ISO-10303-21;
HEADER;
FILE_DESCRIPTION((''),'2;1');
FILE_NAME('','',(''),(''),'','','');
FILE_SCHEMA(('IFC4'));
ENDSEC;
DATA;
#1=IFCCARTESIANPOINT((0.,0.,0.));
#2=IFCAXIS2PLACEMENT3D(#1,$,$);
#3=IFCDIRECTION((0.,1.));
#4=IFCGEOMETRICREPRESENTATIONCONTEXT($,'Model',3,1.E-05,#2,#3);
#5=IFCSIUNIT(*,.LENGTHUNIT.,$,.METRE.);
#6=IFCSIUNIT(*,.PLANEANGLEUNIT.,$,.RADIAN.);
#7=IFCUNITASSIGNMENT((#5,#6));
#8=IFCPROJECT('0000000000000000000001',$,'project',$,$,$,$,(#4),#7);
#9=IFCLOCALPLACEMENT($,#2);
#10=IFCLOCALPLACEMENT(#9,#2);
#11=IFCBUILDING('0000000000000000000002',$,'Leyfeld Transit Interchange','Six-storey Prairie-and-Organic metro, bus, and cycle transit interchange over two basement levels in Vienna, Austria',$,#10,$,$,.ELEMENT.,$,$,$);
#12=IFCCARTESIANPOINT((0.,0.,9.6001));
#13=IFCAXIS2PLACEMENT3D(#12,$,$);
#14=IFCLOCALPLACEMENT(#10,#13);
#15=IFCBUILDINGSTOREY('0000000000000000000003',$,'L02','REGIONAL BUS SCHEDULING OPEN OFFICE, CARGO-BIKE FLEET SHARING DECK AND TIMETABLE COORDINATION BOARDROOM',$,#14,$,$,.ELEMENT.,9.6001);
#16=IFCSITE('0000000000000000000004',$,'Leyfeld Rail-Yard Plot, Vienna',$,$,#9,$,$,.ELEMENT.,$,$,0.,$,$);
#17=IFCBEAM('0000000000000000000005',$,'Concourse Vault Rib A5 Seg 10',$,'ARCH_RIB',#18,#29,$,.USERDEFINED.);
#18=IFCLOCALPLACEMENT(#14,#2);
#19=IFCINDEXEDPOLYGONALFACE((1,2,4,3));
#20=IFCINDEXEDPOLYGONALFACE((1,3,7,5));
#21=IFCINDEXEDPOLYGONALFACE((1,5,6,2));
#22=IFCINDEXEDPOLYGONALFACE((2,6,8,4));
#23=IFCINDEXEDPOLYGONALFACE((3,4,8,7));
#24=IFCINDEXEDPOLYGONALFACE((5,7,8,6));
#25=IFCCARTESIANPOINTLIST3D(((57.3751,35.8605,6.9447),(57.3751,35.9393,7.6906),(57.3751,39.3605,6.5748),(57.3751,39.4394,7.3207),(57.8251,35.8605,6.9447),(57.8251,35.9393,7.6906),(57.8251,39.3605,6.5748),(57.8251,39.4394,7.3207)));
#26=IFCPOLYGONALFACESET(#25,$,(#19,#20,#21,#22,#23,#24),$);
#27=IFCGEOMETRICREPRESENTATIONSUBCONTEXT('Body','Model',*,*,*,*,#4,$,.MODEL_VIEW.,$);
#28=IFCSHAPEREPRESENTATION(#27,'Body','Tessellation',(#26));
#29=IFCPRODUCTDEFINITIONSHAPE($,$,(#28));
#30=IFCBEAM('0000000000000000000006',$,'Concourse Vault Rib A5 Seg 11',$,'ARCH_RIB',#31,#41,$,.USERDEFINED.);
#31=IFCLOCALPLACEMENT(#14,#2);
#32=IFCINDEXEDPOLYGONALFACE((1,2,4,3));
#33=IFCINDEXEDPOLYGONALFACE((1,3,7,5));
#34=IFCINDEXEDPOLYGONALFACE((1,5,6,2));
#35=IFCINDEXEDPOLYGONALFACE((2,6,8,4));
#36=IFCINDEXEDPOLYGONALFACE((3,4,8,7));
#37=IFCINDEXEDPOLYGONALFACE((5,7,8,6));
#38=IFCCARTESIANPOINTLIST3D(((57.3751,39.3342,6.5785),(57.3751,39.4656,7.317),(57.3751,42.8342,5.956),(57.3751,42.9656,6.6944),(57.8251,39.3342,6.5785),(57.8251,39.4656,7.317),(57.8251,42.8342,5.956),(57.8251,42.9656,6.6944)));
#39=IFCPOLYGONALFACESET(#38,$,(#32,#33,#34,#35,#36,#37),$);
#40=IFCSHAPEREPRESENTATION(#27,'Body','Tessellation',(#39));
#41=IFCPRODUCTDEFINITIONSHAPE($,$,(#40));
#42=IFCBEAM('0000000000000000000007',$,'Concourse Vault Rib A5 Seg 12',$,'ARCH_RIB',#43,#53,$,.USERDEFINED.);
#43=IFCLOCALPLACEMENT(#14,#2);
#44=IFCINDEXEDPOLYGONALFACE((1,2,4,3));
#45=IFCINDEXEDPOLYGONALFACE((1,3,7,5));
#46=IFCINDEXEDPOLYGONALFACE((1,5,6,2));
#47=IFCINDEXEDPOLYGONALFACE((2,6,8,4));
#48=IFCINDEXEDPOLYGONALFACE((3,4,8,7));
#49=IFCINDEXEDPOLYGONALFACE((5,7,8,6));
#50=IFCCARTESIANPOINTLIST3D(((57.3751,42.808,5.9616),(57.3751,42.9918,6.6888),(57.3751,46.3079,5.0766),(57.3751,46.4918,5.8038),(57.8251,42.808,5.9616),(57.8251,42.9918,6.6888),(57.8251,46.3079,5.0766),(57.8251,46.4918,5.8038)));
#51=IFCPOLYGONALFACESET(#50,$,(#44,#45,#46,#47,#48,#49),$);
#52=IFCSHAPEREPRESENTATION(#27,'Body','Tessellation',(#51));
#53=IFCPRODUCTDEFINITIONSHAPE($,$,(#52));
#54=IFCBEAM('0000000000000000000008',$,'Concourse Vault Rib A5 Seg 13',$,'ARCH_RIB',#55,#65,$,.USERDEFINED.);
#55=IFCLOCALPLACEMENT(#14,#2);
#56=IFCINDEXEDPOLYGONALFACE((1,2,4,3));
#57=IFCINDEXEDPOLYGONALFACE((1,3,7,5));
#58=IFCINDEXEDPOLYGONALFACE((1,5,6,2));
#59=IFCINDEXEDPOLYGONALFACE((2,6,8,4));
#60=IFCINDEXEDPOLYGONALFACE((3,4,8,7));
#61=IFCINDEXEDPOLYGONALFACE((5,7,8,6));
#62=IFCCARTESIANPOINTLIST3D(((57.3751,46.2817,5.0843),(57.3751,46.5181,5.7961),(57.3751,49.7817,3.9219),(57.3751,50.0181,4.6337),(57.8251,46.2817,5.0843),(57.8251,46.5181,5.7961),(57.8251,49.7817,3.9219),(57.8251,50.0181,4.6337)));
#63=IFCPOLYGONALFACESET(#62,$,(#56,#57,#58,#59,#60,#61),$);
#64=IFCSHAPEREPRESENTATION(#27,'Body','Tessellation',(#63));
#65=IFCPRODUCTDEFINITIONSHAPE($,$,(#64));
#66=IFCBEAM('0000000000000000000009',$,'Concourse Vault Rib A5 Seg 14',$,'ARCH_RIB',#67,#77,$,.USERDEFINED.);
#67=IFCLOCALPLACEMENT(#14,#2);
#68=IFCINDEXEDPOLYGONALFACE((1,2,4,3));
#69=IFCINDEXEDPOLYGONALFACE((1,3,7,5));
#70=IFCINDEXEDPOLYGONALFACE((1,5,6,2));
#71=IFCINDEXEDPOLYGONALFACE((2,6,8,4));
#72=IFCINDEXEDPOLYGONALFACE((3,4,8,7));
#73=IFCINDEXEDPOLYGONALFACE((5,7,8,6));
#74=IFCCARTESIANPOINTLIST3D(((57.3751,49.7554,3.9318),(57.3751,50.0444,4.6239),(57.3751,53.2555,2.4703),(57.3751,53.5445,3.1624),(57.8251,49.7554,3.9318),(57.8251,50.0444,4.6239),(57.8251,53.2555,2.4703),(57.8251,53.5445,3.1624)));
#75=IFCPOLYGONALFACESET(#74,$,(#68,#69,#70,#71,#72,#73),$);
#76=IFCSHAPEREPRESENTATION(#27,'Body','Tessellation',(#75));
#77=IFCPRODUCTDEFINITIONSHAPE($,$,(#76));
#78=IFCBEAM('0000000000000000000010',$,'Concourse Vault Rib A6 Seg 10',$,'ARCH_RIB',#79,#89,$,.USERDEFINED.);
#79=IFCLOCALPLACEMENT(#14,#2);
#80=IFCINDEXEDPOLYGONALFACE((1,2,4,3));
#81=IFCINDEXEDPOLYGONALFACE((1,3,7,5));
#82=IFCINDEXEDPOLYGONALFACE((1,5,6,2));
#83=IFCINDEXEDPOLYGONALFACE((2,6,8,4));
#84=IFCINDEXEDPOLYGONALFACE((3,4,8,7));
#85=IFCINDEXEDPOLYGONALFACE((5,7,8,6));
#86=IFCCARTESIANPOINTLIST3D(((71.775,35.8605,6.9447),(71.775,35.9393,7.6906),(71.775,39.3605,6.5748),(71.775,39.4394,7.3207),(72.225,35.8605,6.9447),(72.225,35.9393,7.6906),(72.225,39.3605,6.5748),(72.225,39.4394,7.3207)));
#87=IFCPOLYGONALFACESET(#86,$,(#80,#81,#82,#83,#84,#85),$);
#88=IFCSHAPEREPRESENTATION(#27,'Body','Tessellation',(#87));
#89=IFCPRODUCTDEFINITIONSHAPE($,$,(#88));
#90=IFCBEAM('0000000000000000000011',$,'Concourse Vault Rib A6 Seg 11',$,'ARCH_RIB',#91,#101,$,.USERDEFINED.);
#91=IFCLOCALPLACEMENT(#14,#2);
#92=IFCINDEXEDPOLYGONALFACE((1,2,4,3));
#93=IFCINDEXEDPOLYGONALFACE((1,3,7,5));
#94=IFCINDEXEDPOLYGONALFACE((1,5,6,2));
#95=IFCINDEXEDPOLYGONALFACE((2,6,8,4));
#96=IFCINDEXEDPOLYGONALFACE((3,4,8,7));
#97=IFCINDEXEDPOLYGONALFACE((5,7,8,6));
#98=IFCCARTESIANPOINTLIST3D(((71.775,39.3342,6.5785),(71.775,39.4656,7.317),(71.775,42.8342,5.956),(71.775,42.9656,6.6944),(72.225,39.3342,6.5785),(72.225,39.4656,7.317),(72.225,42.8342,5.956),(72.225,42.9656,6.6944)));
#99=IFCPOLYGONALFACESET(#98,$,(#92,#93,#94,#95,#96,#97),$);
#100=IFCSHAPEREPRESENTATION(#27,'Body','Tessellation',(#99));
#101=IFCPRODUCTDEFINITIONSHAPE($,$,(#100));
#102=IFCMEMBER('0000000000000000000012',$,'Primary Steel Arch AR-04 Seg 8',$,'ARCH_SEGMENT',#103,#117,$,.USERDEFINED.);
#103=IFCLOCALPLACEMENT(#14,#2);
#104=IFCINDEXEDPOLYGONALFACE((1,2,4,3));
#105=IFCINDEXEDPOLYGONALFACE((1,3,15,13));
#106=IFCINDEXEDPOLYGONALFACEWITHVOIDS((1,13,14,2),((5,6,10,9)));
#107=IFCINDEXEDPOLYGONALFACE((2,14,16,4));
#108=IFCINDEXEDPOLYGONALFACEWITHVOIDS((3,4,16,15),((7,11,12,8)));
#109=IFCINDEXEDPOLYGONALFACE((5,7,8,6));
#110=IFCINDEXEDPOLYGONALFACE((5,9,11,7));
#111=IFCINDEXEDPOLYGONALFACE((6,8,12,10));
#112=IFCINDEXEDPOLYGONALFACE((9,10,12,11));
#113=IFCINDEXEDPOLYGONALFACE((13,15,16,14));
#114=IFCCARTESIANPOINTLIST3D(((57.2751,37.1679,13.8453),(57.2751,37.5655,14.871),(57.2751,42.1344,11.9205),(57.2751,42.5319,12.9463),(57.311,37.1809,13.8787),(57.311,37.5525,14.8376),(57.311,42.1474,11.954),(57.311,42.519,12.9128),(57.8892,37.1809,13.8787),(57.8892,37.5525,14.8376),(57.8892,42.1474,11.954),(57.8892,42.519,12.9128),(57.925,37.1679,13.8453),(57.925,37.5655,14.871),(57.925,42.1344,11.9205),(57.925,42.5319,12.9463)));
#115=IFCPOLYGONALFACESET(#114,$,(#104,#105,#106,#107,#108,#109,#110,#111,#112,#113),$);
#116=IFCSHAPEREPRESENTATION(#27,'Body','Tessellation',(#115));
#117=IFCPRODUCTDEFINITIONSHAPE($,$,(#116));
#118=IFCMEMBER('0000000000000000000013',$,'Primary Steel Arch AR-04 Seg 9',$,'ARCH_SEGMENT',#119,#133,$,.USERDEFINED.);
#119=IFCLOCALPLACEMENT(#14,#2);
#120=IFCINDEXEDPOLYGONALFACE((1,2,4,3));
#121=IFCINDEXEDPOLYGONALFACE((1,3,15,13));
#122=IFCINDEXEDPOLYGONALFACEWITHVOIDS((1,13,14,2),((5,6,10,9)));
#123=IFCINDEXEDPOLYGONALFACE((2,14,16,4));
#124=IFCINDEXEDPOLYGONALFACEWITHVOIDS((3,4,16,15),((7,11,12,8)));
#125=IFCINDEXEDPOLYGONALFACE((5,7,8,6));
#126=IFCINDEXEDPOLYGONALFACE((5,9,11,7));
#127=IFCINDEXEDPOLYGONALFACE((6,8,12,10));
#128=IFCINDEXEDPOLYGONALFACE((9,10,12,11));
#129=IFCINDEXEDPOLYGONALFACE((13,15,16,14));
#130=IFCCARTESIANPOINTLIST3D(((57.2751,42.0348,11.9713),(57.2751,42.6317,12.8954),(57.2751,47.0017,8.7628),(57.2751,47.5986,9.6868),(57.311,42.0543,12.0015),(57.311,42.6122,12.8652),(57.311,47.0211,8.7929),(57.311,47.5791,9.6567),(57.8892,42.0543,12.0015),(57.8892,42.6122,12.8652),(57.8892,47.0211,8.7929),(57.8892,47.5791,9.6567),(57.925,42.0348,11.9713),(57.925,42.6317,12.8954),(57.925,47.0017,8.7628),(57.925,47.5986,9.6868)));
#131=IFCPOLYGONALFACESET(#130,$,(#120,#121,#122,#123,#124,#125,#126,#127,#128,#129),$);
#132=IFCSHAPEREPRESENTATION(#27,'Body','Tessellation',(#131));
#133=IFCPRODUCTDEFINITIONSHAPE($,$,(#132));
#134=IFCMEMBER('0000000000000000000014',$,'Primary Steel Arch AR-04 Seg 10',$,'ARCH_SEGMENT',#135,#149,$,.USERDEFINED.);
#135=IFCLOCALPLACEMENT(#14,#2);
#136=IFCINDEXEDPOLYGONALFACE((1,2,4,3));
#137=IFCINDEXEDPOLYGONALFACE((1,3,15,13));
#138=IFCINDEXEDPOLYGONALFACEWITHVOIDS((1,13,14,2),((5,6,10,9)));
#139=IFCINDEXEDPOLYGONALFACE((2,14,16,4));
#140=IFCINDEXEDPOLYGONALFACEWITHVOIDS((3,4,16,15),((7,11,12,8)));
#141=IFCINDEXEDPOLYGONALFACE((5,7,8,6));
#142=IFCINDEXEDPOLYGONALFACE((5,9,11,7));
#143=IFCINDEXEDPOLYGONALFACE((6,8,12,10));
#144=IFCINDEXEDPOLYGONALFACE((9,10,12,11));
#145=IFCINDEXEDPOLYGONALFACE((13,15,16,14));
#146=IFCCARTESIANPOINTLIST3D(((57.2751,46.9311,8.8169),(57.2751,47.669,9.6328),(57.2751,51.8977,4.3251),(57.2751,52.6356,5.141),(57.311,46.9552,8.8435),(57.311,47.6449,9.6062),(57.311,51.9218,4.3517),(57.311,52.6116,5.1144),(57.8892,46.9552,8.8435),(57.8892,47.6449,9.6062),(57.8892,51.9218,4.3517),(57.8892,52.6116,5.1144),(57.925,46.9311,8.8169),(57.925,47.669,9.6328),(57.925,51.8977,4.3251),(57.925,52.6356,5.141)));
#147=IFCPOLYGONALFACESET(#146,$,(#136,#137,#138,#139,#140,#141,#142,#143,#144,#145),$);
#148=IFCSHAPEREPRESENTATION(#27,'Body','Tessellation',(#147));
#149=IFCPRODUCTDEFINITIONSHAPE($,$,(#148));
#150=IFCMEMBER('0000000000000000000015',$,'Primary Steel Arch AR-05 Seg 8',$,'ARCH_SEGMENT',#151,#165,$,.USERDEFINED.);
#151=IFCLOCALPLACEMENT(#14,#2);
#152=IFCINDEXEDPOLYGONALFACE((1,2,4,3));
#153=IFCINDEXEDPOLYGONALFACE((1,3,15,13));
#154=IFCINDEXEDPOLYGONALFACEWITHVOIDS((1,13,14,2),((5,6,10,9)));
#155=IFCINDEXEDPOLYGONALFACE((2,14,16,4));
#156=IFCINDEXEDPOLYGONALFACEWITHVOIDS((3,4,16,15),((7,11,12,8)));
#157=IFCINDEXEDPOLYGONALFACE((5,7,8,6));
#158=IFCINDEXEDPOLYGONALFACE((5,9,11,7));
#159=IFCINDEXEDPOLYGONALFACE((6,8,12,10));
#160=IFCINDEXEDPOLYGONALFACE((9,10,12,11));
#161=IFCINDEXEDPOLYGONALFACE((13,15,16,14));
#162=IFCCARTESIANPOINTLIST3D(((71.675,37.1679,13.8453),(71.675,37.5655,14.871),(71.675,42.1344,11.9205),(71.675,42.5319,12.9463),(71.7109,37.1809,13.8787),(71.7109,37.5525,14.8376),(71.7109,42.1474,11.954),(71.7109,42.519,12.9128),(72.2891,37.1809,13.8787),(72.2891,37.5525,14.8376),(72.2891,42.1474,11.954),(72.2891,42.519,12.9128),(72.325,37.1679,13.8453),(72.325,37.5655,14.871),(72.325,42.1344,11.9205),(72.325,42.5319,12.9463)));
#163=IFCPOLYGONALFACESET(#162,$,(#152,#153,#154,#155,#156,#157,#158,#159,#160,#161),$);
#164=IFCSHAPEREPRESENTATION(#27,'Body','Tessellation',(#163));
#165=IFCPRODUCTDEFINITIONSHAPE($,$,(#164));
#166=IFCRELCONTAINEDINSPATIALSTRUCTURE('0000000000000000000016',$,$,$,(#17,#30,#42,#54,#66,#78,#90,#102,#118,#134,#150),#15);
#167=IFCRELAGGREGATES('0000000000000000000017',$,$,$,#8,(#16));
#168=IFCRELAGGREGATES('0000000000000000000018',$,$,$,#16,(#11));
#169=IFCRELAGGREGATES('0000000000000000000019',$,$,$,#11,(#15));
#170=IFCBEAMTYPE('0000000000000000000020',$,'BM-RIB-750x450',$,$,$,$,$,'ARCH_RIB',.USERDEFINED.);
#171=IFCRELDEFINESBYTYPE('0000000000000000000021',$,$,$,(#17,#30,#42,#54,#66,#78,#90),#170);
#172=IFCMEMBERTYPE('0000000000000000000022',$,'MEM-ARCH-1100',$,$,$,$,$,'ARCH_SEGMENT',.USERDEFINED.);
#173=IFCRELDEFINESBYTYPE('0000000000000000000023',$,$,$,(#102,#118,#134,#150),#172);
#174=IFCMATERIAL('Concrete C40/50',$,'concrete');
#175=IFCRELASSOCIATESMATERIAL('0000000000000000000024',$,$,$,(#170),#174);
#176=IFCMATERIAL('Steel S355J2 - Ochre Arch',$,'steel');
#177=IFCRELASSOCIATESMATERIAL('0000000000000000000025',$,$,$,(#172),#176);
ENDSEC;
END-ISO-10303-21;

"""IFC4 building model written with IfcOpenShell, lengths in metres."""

from ifc_helpers import new_model, si_unit, direction, frame, origin, origin_2d, place, context, subcontext, project, spatial, rectangle, hollow_rectangle, extrude, material, material_profile, profile_set, type_object, element, save


model = new_model("IFC4")

# Units and contexts
model_context = context("Model", 3, precision=1e-05, world=origin(), true_north=direction((0.0, 1.0)))
body_context = subcontext(model_context, "Body", "Model", "MODEL_VIEW")
ifc_project = project(units=[si_unit("LENGTHUNIT", "METRE"), si_unit("PLANEANGLEUNIT", "RADIAN")], contexts=[model_context])

# Site, building, storey
site_placement = place(None, origin())
site = spatial("IfcSite", under=ifc_project, at=site_placement, Name="Leyfeld Rail-Yard Plot, Vienna", CompositionType="ELEMENT", RefElevation=0.0)
building_placement = place(site_placement, origin())
building = spatial("IfcBuilding", under=site, at=building_placement, Name="Leyfeld Transit Interchange", Description="Six-storey Prairie-and-Organic metro, bus, and cycle transit interchange over two basement levels in Vienna, Austria", CompositionType="ELEMENT")
storey_placement = place(building_placement, frame((0.0, 0.0, 9.6001)))
storey = spatial("IfcBuildingStorey", under=building, at=storey_placement, Name="L02", Description="REGIONAL BUS SCHEDULING OPEN OFFICE, CARGO-BIKE FLEET SHARING DECK AND TIMETABLE COORDINATION BOARDROOM", CompositionType="ELEMENT", Elevation=9.6001)

# Beams
ifc_material_1 = material(Name="Concrete C40/50", Category="concrete")
ifc_material_profile_1 = material_profile(ifc_material_1, rectangle(XDim=0.45, YDim=0.75, at=origin_2d()), Name="RC 750x450 RIB")
ifc_profile_set_1 = profile_set([ifc_material_profile_1], Name="Concrete C40/50")
beam_type = type_object("IfcBeamType", Name="BM-RIB-750x450", ElementType="ARCH_RIB", PredefinedType="USERDEFINED", material=ifc_profile_set_1)
beam_1_placement = place(storey_placement, frame((57.6001, 35.8999, 7.3176), z_axis=(0.0, 0.994462, -0.105093), x_axis=(-1.0, 0.0, 0.0)))
element("IfcBeam", 1, at=beam_1_placement, inside=storey, type_object=beam_type, Name="Concourse Vault Rib A5 Seg 10", ObjectType="ARCH_RIB", PredefinedType="USERDEFINED", context=body_context, shape_type="SweptSolid", body=[
    extrude(rectangle(XDim=0.45, YDim=0.75, at=origin_2d()), origin(), (0.0, 0.0, 1.0), 3.5195),
])
beam_2_placement = place(storey_placement, frame((57.6001, 39.3999, 6.9478), z_axis=(0.0, 0.984546, -0.175125), x_axis=(-1.0, 0.0, 0.0)))
element("IfcBeam", 2, at=beam_2_placement, inside=storey, type_object=beam_type, Name="Concourse Vault Rib A5 Seg 11", ObjectType="ARCH_RIB", PredefinedType="USERDEFINED", context=body_context, shape_type="SweptSolid", body=[
    extrude(rectangle(XDim=0.45, YDim=0.75, at=origin_2d()), origin(), (0.0, 0.0, 1.0), 3.5549),
])
beam_3_placement = place(storey_placement, frame((57.6001, 42.8999, 6.3252), z_axis=(0.0, 0.969487, -0.245144), x_axis=(-1.0, 0.0, 0.0)))
element("IfcBeam", 3, at=beam_3_placement, inside=storey, type_object=beam_type, Name="Concourse Vault Rib A5 Seg 12", ObjectType="ARCH_RIB", PredefinedType="USERDEFINED", context=body_context, shape_type="SweptSolid", body=[
    extrude(rectangle(XDim=0.45, YDim=0.75, at=origin_2d()), origin(), (0.0, 0.0, 1.0), 3.6101),
])
beam_4_placement = place(storey_placement, frame((57.6001, 46.3999, 5.4402), z_axis=(0.0, 0.949034, -0.315175), x_axis=(-1.0, 0.0, 0.0)))
element("IfcBeam", 4, at=beam_4_placement, inside=storey, type_object=beam_type, Name="Concourse Vault Rib A5 Seg 13", ObjectType="ARCH_RIB", PredefinedType="USERDEFINED", context=body_context, shape_type="SweptSolid", body=[
    extrude(rectangle(XDim=0.45, YDim=0.75, at=origin_2d()), origin(), (0.0, 0.0, 1.0), 3.688),
])
beam_5_placement = place(storey_placement, frame((57.6001, 49.8999, 4.2778), z_axis=(0.0, 0.922787, -0.38531), x_axis=(-1.0, 0.0, 0.0)))
element("IfcBeam", 5, at=beam_5_placement, inside=storey, type_object=beam_type, Name="Concourse Vault Rib A5 Seg 14", ObjectType="ARCH_RIB", PredefinedType="USERDEFINED", context=body_context, shape_type="SweptSolid", body=[
    extrude(rectangle(XDim=0.45, YDim=0.75, at=origin_2d()), origin(), (0.0, 0.0, 1.0), 3.793),
])
beam_6_placement = place(storey_placement, frame((72.0, 35.8999, 7.3176), z_axis=(0.0, 0.994462, -0.105093), x_axis=(-1.0, 0.0, 0.0)))
element("IfcBeam", 6, at=beam_6_placement, inside=storey, type_object=beam_type, Name="Concourse Vault Rib A6 Seg 10", ObjectType="ARCH_RIB", PredefinedType="USERDEFINED", context=body_context, shape_type="SweptSolid", body=[
    extrude(rectangle(XDim=0.45, YDim=0.75, at=origin_2d()), origin(), (0.0, 0.0, 1.0), 3.5195),
])
beam_7_placement = place(storey_placement, frame((72.0, 39.3999, 6.9478), z_axis=(0.0, 0.984546, -0.175125), x_axis=(-1.0, 0.0, 0.0)))
element("IfcBeam", 7, at=beam_7_placement, inside=storey, type_object=beam_type, Name="Concourse Vault Rib A6 Seg 11", ObjectType="ARCH_RIB", PredefinedType="USERDEFINED", context=body_context, shape_type="SweptSolid", body=[
    extrude(rectangle(XDim=0.45, YDim=0.75, at=origin_2d()), origin(), (0.0, 0.0, 1.0), 3.5549),
])

# Members
ifc_material_2 = material(Name="Steel S355J2 - Ochre Arch", Category="steel")
ifc_material_profile_2 = material_profile(ifc_material_2, hollow_rectangle(XDim=0.6499, YDim=1.1001, WallThickness=0.0359, at=origin_2d()), Name="RHS 1100x650x36")
ifc_profile_set_2 = profile_set([ifc_material_profile_2], Name="Steel S355J2 - Ochre Arch")
member_type_1 = type_object("IfcMemberType", Name="MEM-ARCH-1100", ElementType="ARCH_SEGMENT", PredefinedType="USERDEFINED", material=ifc_profile_set_2)
member_1_placement = place(storey_placement, frame((57.6001, 37.3667, 14.3582), z_axis=(0.0, 0.932425, -0.361364), x_axis=(-1.0, 0.0, 0.0)))
element("IfcMember", 8, at=member_1_placement, inside=storey, type_object=member_type_1, Name="Primary Steel Arch AR-04 Seg 8", ObjectType="ARCH_SEGMENT", PredefinedType="USERDEFINED", context=body_context, shape_type="SweptSolid", body=[
    extrude(hollow_rectangle(XDim=0.6499, YDim=1.1001, WallThickness=0.0359, at=origin_2d()), origin(), (0.0, 0.0, 1.0), 5.3264),
])
member_2_placement = place(storey_placement, frame((57.6001, 42.3333, 12.4333), z_axis=(0.0, 0.83998, -0.542618), x_axis=(-1.0, 0.0, 0.0)))
element("IfcMember", 9, at=member_2_placement, inside=storey, type_object=member_type_1, Name="Primary Steel Arch AR-04 Seg 9", ObjectType="ARCH_SEGMENT", PredefinedType="USERDEFINED", context=body_context, shape_type="SweptSolid", body=[
    extrude(hollow_rectangle(XDim=0.6499, YDim=1.1001, WallThickness=0.0359, at=origin_2d()), origin(), (0.0, 0.0, 1.0), 5.9131),
])
member_3_placement = place(storey_placement, frame((57.6001, 47.3, 9.2249), z_axis=(0.0, 0.741673, -0.670762), x_axis=(-1.0, 0.0, 0.0)))
element("IfcMember", 10, at=member_3_placement, inside=storey, type_object=member_type_1, Name="Primary Steel Arch AR-04 Seg 10", ObjectType="ARCH_SEGMENT", PredefinedType="USERDEFINED", context=body_context, shape_type="SweptSolid", body=[
    extrude(hollow_rectangle(XDim=0.6499, YDim=1.1001, WallThickness=0.0359, at=origin_2d()), origin(), (0.0, 0.0, 1.0), 6.6965),
])
member_4_placement = place(storey_placement, frame((72.0, 37.3667, 14.3582), z_axis=(0.0, 0.932425, -0.361364), x_axis=(-1.0, 0.0, 0.0)))
element("IfcMember", 11, at=member_4_placement, inside=storey, type_object=member_type_1, Name="Primary Steel Arch AR-05 Seg 8", ObjectType="ARCH_SEGMENT", PredefinedType="USERDEFINED", context=body_context, shape_type="SweptSolid", body=[
    extrude(hollow_rectangle(XDim=0.6499, YDim=1.1001, WallThickness=0.0359, at=origin_2d()), origin(), (0.0, 0.0, 1.0), 5.3264),
])

save(model, "model.ifc")
